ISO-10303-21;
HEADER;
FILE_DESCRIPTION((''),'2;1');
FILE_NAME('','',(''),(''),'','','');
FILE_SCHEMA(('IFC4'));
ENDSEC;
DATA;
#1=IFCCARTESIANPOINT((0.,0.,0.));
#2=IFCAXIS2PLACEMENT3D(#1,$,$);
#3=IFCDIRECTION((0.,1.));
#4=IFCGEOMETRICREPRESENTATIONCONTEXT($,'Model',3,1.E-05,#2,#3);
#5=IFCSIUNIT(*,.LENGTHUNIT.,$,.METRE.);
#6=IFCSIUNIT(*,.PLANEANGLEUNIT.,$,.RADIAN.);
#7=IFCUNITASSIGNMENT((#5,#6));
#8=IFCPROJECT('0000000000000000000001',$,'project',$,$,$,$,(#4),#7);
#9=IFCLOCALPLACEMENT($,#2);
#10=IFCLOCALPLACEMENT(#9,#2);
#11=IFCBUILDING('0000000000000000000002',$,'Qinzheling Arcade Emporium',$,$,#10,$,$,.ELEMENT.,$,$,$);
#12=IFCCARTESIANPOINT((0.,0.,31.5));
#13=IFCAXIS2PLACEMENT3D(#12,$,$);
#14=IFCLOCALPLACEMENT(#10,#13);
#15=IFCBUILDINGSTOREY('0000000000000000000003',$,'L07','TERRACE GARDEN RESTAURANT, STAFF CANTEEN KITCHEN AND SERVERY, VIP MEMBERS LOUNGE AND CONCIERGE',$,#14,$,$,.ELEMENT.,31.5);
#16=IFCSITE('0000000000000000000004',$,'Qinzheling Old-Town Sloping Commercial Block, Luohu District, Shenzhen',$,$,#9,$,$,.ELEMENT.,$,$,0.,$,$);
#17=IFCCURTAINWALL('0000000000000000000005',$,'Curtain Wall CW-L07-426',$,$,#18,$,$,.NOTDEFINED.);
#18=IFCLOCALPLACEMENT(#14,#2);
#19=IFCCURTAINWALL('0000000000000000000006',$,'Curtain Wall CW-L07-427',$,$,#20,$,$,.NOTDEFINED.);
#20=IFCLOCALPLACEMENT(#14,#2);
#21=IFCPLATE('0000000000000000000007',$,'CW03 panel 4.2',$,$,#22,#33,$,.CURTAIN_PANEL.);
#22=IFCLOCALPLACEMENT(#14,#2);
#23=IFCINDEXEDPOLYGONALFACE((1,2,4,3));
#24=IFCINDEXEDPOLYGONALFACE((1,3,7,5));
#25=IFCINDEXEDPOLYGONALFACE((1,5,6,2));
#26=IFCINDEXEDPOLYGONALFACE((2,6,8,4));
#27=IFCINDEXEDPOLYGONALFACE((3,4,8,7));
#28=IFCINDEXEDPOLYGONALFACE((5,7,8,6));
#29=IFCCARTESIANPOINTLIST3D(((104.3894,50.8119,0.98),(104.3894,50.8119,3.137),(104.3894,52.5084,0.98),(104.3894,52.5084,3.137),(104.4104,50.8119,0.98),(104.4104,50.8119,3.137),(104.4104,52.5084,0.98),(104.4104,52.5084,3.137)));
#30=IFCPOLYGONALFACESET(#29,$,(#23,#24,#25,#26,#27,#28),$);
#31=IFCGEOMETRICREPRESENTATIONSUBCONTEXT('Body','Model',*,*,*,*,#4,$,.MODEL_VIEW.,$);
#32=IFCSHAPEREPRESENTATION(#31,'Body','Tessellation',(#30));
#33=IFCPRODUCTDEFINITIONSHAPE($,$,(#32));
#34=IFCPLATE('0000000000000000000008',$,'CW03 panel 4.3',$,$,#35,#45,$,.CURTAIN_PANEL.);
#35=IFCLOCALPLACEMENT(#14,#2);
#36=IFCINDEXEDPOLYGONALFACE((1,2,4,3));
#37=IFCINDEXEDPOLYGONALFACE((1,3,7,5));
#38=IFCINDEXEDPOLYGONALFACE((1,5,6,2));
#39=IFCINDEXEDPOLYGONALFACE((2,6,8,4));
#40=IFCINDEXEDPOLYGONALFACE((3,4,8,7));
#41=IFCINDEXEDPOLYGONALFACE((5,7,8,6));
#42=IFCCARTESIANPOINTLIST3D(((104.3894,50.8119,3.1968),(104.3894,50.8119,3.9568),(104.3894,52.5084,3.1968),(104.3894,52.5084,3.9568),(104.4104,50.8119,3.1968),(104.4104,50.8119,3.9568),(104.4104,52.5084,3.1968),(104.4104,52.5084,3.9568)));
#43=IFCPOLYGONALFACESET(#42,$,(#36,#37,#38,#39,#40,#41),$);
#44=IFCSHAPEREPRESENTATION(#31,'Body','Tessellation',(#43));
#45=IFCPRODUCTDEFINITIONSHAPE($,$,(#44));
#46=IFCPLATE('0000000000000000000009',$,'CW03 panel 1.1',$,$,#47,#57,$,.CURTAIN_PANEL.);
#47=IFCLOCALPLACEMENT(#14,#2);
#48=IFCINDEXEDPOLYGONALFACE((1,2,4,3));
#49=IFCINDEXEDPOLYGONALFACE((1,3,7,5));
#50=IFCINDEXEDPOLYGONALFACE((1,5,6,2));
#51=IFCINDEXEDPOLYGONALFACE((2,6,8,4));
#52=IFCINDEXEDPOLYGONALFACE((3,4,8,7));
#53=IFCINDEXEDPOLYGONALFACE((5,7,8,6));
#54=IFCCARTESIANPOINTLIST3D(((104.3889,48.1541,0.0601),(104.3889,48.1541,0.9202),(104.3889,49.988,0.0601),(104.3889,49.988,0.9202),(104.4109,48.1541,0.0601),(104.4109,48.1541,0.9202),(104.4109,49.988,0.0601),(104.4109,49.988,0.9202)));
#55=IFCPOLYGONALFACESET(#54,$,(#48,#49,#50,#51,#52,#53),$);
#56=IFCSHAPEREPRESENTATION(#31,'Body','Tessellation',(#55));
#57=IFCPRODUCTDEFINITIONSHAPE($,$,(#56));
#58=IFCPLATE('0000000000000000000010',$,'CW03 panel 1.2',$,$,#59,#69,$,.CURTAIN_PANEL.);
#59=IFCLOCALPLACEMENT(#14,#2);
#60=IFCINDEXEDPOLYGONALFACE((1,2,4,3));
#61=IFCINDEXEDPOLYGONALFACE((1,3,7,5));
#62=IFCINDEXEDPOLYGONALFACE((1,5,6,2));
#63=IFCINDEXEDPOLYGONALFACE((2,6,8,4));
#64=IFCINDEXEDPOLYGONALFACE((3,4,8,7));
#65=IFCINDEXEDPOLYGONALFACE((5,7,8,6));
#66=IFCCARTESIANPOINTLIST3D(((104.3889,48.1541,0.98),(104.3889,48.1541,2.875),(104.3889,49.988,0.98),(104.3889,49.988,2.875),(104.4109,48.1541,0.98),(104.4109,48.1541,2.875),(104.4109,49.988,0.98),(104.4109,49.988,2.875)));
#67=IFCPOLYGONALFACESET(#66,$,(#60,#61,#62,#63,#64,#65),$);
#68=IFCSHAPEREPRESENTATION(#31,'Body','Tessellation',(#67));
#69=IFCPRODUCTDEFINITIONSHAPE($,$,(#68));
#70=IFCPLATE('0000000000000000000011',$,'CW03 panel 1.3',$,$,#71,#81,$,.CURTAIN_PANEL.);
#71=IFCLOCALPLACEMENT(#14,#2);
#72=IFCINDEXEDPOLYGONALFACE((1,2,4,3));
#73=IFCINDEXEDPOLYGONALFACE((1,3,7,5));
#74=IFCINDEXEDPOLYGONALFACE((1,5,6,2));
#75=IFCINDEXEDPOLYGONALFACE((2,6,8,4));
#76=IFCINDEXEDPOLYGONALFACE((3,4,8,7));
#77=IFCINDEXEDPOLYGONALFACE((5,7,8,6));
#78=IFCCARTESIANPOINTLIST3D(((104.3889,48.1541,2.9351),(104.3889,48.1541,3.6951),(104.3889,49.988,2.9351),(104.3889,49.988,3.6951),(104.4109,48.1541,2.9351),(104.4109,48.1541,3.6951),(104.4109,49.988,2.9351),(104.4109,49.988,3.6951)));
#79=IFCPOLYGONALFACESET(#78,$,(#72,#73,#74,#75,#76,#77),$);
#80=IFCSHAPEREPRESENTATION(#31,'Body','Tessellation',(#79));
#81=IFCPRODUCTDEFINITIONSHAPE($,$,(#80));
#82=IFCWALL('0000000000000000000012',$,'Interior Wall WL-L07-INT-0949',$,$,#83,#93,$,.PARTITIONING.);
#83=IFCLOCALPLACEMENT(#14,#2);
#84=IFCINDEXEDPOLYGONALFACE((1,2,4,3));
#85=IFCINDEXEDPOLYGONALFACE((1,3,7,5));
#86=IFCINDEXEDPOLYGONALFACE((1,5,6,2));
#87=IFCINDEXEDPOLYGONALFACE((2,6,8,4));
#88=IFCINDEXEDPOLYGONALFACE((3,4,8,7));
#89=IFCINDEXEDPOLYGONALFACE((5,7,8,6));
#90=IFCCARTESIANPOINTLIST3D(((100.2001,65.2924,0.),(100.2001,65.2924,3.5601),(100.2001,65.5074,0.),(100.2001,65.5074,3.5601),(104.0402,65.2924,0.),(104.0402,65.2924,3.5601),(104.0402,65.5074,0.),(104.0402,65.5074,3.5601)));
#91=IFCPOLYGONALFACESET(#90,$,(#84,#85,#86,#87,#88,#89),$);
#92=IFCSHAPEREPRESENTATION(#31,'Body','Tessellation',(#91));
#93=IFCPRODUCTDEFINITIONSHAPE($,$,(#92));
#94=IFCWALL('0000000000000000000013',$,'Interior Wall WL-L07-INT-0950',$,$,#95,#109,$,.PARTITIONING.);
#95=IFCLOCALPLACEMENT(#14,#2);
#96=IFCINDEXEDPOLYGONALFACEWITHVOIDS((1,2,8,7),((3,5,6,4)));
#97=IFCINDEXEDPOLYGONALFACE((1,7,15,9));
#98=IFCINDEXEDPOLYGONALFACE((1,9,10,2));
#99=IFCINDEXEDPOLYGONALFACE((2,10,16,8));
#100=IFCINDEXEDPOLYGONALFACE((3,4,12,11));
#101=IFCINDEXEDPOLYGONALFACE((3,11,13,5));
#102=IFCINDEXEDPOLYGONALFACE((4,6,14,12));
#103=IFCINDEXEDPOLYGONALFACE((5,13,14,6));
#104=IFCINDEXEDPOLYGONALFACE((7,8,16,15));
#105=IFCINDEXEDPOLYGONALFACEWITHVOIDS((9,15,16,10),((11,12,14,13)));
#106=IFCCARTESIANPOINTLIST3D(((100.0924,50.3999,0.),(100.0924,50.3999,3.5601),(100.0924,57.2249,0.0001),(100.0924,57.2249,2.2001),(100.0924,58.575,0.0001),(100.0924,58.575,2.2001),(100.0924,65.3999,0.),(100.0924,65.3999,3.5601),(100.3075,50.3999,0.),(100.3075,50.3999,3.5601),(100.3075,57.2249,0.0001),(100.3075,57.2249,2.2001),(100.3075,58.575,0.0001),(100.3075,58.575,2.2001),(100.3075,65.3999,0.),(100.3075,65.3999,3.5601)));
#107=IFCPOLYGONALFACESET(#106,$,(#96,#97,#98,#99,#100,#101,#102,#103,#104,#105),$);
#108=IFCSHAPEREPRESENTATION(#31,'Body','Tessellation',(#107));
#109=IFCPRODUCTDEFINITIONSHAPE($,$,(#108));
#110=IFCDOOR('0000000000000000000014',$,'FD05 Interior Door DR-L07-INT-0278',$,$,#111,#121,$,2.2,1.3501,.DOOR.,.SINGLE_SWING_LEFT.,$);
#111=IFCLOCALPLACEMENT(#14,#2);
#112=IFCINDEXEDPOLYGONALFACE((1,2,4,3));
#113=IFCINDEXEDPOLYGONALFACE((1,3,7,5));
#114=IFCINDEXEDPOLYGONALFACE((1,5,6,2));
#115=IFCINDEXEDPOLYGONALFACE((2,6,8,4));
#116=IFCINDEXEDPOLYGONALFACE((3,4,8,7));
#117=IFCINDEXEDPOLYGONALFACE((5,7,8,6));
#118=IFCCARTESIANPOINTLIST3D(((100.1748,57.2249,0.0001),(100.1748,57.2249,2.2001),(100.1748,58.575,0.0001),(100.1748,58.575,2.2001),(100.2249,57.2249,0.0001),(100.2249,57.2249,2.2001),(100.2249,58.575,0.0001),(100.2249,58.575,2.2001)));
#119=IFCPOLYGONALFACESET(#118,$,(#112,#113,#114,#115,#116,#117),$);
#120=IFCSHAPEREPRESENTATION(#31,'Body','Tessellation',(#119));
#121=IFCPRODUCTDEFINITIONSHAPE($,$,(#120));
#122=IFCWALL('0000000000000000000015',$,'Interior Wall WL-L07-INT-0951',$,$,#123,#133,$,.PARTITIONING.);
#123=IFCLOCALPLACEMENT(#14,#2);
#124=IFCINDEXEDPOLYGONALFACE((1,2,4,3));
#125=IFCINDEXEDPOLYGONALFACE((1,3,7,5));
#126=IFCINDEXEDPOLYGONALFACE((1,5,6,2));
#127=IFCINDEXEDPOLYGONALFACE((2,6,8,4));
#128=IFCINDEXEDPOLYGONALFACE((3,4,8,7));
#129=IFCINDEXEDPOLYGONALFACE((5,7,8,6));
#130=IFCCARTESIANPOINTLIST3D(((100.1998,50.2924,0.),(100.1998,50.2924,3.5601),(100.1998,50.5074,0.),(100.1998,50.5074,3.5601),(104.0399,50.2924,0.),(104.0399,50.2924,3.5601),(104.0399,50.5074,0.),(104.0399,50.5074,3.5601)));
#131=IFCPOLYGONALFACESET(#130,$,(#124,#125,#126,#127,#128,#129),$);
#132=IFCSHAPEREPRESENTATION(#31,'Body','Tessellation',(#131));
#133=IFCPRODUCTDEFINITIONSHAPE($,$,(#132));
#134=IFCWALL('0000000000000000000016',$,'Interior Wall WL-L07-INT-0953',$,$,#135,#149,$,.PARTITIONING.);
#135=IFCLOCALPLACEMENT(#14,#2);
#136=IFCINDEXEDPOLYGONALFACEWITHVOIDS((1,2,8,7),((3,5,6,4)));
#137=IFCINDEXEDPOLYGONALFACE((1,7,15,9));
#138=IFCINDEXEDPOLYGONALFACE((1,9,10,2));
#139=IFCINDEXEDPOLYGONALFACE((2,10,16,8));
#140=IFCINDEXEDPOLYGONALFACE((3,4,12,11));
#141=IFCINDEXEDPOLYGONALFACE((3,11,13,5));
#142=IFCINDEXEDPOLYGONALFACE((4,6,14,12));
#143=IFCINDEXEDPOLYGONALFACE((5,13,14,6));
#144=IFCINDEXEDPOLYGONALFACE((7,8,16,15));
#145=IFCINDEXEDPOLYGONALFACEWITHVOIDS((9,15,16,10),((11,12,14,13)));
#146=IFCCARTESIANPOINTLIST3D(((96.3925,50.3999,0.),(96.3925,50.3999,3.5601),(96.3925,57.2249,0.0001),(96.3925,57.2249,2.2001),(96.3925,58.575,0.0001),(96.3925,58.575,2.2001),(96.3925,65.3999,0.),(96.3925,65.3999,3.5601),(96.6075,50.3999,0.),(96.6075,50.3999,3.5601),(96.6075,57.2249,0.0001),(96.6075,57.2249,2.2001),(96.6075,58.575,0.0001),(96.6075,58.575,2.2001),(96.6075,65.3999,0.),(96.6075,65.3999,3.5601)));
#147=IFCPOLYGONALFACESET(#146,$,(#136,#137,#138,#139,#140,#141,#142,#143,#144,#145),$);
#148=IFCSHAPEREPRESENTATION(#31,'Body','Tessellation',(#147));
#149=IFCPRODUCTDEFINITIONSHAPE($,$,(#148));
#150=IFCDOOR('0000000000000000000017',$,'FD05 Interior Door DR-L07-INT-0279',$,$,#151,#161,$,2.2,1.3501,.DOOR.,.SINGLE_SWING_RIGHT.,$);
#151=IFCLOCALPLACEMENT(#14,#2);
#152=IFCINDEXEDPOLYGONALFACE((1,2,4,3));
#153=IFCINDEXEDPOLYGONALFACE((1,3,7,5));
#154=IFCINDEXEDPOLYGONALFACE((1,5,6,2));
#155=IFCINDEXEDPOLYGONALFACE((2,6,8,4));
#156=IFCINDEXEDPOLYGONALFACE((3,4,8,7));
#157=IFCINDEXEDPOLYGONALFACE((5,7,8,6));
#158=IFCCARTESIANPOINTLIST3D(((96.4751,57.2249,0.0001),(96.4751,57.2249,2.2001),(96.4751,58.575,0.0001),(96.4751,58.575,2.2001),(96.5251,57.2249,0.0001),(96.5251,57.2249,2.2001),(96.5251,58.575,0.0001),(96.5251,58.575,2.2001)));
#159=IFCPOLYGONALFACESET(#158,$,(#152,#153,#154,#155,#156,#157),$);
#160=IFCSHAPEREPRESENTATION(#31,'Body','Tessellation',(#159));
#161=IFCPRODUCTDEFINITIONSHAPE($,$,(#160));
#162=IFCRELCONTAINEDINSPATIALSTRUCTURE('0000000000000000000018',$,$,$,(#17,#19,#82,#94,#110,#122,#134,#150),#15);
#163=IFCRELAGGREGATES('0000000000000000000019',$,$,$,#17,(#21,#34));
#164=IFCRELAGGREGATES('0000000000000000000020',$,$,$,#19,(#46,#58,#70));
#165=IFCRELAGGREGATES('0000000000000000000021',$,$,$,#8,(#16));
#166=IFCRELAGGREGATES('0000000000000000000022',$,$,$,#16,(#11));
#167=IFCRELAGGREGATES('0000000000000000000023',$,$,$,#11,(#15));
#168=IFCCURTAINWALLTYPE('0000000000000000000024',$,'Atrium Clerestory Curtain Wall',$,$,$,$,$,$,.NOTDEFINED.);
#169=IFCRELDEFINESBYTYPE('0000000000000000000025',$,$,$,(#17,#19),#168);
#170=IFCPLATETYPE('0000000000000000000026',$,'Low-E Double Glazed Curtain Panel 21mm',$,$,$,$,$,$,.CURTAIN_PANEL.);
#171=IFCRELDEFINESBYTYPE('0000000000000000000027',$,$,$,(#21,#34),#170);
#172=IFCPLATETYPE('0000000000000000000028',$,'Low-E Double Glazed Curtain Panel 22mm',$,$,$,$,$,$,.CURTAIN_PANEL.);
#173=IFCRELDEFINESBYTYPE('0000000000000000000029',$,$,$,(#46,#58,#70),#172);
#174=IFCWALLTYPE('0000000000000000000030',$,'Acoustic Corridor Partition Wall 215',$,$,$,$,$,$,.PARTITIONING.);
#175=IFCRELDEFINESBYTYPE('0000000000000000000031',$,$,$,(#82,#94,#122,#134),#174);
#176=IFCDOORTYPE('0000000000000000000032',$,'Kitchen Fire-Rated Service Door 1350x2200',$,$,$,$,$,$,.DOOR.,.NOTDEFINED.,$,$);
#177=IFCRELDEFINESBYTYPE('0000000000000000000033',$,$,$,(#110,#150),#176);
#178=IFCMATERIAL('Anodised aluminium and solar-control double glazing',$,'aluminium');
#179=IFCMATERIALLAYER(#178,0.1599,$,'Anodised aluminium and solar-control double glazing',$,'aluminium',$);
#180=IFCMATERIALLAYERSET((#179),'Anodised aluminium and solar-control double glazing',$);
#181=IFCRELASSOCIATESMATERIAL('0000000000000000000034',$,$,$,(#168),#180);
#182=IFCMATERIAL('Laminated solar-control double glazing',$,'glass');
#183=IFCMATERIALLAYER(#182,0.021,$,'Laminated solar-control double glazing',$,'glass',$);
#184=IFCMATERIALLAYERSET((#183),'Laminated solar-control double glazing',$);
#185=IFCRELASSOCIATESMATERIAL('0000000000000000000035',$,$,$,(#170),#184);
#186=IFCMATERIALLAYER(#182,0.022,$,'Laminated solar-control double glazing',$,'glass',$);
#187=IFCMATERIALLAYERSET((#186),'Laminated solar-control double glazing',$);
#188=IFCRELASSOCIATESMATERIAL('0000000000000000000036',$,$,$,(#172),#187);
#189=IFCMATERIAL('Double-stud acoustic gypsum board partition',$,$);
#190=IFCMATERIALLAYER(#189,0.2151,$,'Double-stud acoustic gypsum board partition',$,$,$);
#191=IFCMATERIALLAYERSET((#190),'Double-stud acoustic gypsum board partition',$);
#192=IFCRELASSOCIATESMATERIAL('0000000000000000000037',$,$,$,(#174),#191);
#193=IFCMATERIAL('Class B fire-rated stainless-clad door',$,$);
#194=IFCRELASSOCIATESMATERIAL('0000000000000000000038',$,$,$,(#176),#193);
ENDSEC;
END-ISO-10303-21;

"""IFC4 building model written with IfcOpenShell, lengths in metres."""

from ifc_helpers import new_model, si_unit, direction, frame, frame_2d, origin, origin_2d, place, context, subcontext, project, spatial, rectangle, extrude, material, layer, layer_set, type_object, element, fill, aggregate, save


model = new_model("IFC4")

# Units and contexts
model_context = context("Model", 3, precision=1e-05, world=origin(), true_north=direction((0.0, 1.0)))
body_context = subcontext(model_context, "Body", "Model", "MODEL_VIEW")
ifc_project = project(units=[si_unit("LENGTHUNIT", "METRE"), si_unit("PLANEANGLEUNIT", "RADIAN")], contexts=[model_context])

# Site, building, storey
site_placement = place(None, origin())
site = spatial("IfcSite", under=ifc_project, at=site_placement, Name="Qinzheling Old-Town Sloping Commercial Block, Luohu District, Shenzhen", CompositionType="ELEMENT", RefElevation=0.0)
building_placement = place(site_placement, origin())
building = spatial("IfcBuilding", under=site, at=building_placement, Name="Qinzheling Arcade Emporium", CompositionType="ELEMENT")
storey_placement = place(building_placement, frame((0.0, 0.0, 31.5)))
storey = spatial("IfcBuildingStorey", under=building, at=storey_placement, Name="L07", Description="TERRACE GARDEN RESTAURANT, STAFF CANTEEN KITCHEN AND SERVERY, VIP MEMBERS LOUNGE AND CONCIERGE", CompositionType="ELEMENT", Elevation=31.5)

# Curtain wall
ifc_material_1 = material(Name="Anodised aluminium and solar-control double glazing", Category="aluminium")
ifc_layer_1 = layer(ifc_material_1, 0.1599, Name="Anodised aluminium and solar-control double glazing", Category="aluminium")
ifc_layer_set_1 = layer_set([ifc_layer_1], Name="Anodised aluminium and solar-control double glazing")
curtain_wall_type = type_object("IfcCurtainWallType", Name="Atrium Clerestory Curtain Wall", PredefinedType="NOTDEFINED", material=ifc_layer_set_1)
curtain_wall_1_placement = place(storey_placement, origin())
curtain_wall_1 = element("IfcCurtainWall", 1, at=curtain_wall_1_placement, inside=storey, type_object=curtain_wall_type, Name="Curtain Wall CW-L07-426", PredefinedType="NOTDEFINED")

# Curtain wall
curtain_wall_2_placement = place(storey_placement, origin())
curtain_wall_2 = element("IfcCurtainWall", 2, at=curtain_wall_2_placement, inside=storey, type_object=curtain_wall_type, Name="Curtain Wall CW-L07-427", PredefinedType="NOTDEFINED")

# Plates
ifc_material_2 = material(Name="Laminated solar-control double glazing", Category="glass")
ifc_layer_2 = layer(ifc_material_2, 0.021, Name="Laminated solar-control double glazing", Category="glass")
ifc_layer_set_2 = layer_set([ifc_layer_2], Name="Laminated solar-control double glazing")
plate_type_1 = type_object("IfcPlateType", Name="Low-E Double Glazed Curtain Panel 21mm", PredefinedType="CURTAIN_PANEL", material=ifc_layer_set_2)
plate_1_placement = place(storey_placement, frame((104.3999, 51.6602, 0.98), z_axis=(0.0, 0.0, 1.0), x_axis=(0.0, -1.0, 0.0)))
plate_1 = element("IfcPlate", 3, at=plate_1_placement, type_object=plate_type_1, Name="CW03 panel 4.2", PredefinedType="CURTAIN_PANEL", context=body_context, shape_type="SweptSolid", body=[
    extrude(rectangle(XDim=1.6965, YDim=0.021, at=origin_2d()), origin(), (0.0, 0.0, 1.0), 2.157),
])
plate_2_placement = place(storey_placement, frame((104.3999, 51.6602, 3.1968), z_axis=(0.0, 0.0, 1.0), x_axis=(0.0, -1.0, 0.0)))
plate_2 = element("IfcPlate", 4, at=plate_2_placement, type_object=plate_type_1, Name="CW03 panel 4.3", PredefinedType="CURTAIN_PANEL", context=body_context, shape_type="SweptSolid", body=[
    extrude(rectangle(XDim=1.6965, YDim=0.021, at=origin_2d()), origin(), (0.0, 0.0, 1.0), 0.76),
])
aggregate(curtain_wall_1, [plate_1, plate_2])
ifc_layer_3 = layer(ifc_material_2, 0.022, Name="Laminated solar-control double glazing", Category="glass")
ifc_layer_set_3 = layer_set([ifc_layer_3], Name="Laminated solar-control double glazing")
plate_type_2 = type_object("IfcPlateType", Name="Low-E Double Glazed Curtain Panel 22mm", PredefinedType="CURTAIN_PANEL", material=ifc_layer_set_3)
plate_3_placement = place(storey_placement, frame((104.3999, 49.071, 0.0601), z_axis=(0.0, 0.0, 1.0), x_axis=(0.0, -1.0, 0.0)))
plate_3 = element("IfcPlate", 5, at=plate_3_placement, type_object=plate_type_2, Name="CW03 panel 1.1", PredefinedType="CURTAIN_PANEL", context=body_context, shape_type="SweptSolid", body=[
    extrude(rectangle(XDim=1.834, YDim=0.022, at=origin_2d()), origin(), (0.0, 0.0, 1.0), 0.8601),
])
plate_4_placement = place(storey_placement, frame((104.3999, 49.071, 0.98), z_axis=(0.0, 0.0, 1.0), x_axis=(0.0, -1.0, 0.0)))
plate_4 = element("IfcPlate", 6, at=plate_4_placement, type_object=plate_type_2, Name="CW03 panel 1.2", PredefinedType="CURTAIN_PANEL", context=body_context, shape_type="SweptSolid", body=[
    extrude(rectangle(XDim=1.834, YDim=0.022, at=origin_2d()), origin(), (0.0, 0.0, 1.0), 1.895),
])
plate_5_placement = place(storey_placement, frame((104.3999, 49.071, 2.9351), z_axis=(0.0, 0.0, 1.0), x_axis=(0.0, -1.0, 0.0)))
plate_5 = element("IfcPlate", 7, at=plate_5_placement, type_object=plate_type_2, Name="CW03 panel 1.3", PredefinedType="CURTAIN_PANEL", context=body_context, shape_type="SweptSolid", body=[
    extrude(rectangle(XDim=1.834, YDim=0.022, at=origin_2d()), origin(), (0.0, 0.0, 1.0), 0.76),
])
aggregate(curtain_wall_2, [plate_3, plate_4, plate_5])

# Wall
ifc_material_3 = material(Name="Double-stud acoustic gypsum board partition")
ifc_layer_4 = layer(ifc_material_3, 0.2151, Name="Double-stud acoustic gypsum board partition")
ifc_layer_set_4 = layer_set([ifc_layer_4], Name="Double-stud acoustic gypsum board partition")
wall_type = type_object("IfcWallType", Name="Acoustic Corridor Partition Wall 215", PredefinedType="PARTITIONING", material=ifc_layer_set_4)
wall_1_placement = place(storey_placement, frame((104.04, 65.3999, 0.0), z_axis=(0.0, 0.0, 1.0), x_axis=(-1.0, 0.0, 0.0)))
element("IfcWall", 8, at=wall_1_placement, inside=storey, type_object=wall_type, Name="Interior Wall WL-L07-INT-0949", PredefinedType="PARTITIONING", context=body_context, shape_type="SweptSolid", body=[
    extrude(rectangle(XDim=3.8401, YDim=0.2151, at=frame_2d((1.9199, 0.0))), origin(), (0.0, 0.0, 1.0), 3.5601),
])

# Wall, opening, door
wall_2_placement = place(storey_placement, frame((100.2, 65.3999, 0.0), z_axis=(0.0, 0.0, 1.0), x_axis=(0.0, -1.0, 0.0)))
wall_2 = element("IfcWall", 9, at=wall_2_placement, inside=storey, type_object=wall_type, Name="Interior Wall WL-L07-INT-0950", PredefinedType="PARTITIONING", context=body_context, shape_type="SweptSolid", body=[
    extrude(rectangle(XDim=15.0, YDim=0.2151, at=frame_2d((7.5, 0.0))), origin(), (0.0, 0.0, 1.0), 3.5601),
])
opening_1_placement = place(wall_2_placement, frame((6.825, 0.0, 0.0)))
opening_1 = element("IfcOpeningElement", 10, at=opening_1_placement, cuts=wall_2, PredefinedType="OPENING", context=body_context, shape_type="SweptSolid", body=[
    extrude(rectangle(XDim=1.3501, YDim=2.2, at=frame_2d((0.675, 1.1001))), frame((0.0, 0.1177, 0.0), z_axis=(0.0, -1.0, 0.0), x_axis=(1.0, 0.0, 0.0)), (0.0, 0.0, 1.0), 0.2351),
])
ifc_material_4 = material(Name="Class B fire-rated stainless-clad door")
door_type = type_object("IfcDoorType", Name="Kitchen Fire-Rated Service Door 1350x2200", OperationType="NOTDEFINED", PredefinedType="DOOR", material=ifc_material_4)
door_1_placement = place(opening_1_placement, origin())
door_1 = element("IfcDoor", 11, at=door_1_placement, inside=storey, type_object=door_type, Name="FD05 Interior Door DR-L07-INT-0278", OperationType="SINGLE_SWING_LEFT", OverallHeight=2.2, OverallWidth=1.3501, PredefinedType="DOOR", context=body_context, shape_type="SweptSolid", body=[
    extrude(rectangle(XDim=1.3501, YDim=2.2, at=frame_2d((0.675, 1.1001))), frame((0.0, 0.0249, 0.0), z_axis=(0.0, -1.0, 0.0), x_axis=(1.0, 0.0, 0.0)), (0.0, 0.0, 1.0), 0.05),
])
fill(opening_1, door_1)

# Wall
wall_3_placement = place(storey_placement, frame((100.2, 50.3999, 0.0), z_axis=(0.0, 0.0, 1.0), x_axis=(1.0, 0.0, 0.0)))
element("IfcWall", 12, at=wall_3_placement, inside=storey, type_object=wall_type, Name="Interior Wall WL-L07-INT-0951", PredefinedType="PARTITIONING", context=body_context, shape_type="SweptSolid", body=[
    extrude(rectangle(XDim=3.8401, YDim=0.2151, at=frame_2d((1.9199, 0.0))), origin(), (0.0, 0.0, 1.0), 3.5601),
])

# Wall, opening, door
wall_4_placement = place(storey_placement, frame((96.5, 50.3999, 0.0), z_axis=(0.0, 0.0, 1.0), x_axis=(0.0, 1.0, 0.0)))
wall_4 = element("IfcWall", 13, at=wall_4_placement, inside=storey, type_object=wall_type, Name="Interior Wall WL-L07-INT-0953", PredefinedType="PARTITIONING", context=body_context, shape_type="SweptSolid", body=[
    extrude(rectangle(XDim=15.0, YDim=0.2151, at=frame_2d((7.5, 0.0))), origin(), (0.0, 0.0, 1.0), 3.5601),
])
opening_2_placement = place(wall_4_placement, frame((6.825, 0.0, 0.0)))
opening_2 = element("IfcOpeningElement", 14, at=opening_2_placement, cuts=wall_4, PredefinedType="OPENING", context=body_context, shape_type="SweptSolid", body=[
    extrude(rectangle(XDim=1.3501, YDim=2.2, at=frame_2d((0.675, 1.1001))), frame((0.0, 0.1177, 0.0), z_axis=(0.0, -1.0, 0.0), x_axis=(1.0, 0.0, 0.0)), (0.0, 0.0, 1.0), 0.2351),
])
door_2_placement = place(opening_2_placement, origin())
door_2 = element("IfcDoor", 15, at=door_2_placement, inside=storey, type_object=door_type, Name="FD05 Interior Door DR-L07-INT-0279", OperationType="SINGLE_SWING_RIGHT", OverallHeight=2.2, OverallWidth=1.3501, PredefinedType="DOOR", context=body_context, shape_type="SweptSolid", body=[
    extrude(rectangle(XDim=1.3501, YDim=2.2, at=frame_2d((0.675, 1.1001))), frame((0.0, 0.0249, 0.0), z_axis=(0.0, -1.0, 0.0), x_axis=(1.0, 0.0, 0.0)), (0.0, 0.0, 1.0), 0.05),
])
fill(opening_2, door_2)

save(model, "model.ifc")
